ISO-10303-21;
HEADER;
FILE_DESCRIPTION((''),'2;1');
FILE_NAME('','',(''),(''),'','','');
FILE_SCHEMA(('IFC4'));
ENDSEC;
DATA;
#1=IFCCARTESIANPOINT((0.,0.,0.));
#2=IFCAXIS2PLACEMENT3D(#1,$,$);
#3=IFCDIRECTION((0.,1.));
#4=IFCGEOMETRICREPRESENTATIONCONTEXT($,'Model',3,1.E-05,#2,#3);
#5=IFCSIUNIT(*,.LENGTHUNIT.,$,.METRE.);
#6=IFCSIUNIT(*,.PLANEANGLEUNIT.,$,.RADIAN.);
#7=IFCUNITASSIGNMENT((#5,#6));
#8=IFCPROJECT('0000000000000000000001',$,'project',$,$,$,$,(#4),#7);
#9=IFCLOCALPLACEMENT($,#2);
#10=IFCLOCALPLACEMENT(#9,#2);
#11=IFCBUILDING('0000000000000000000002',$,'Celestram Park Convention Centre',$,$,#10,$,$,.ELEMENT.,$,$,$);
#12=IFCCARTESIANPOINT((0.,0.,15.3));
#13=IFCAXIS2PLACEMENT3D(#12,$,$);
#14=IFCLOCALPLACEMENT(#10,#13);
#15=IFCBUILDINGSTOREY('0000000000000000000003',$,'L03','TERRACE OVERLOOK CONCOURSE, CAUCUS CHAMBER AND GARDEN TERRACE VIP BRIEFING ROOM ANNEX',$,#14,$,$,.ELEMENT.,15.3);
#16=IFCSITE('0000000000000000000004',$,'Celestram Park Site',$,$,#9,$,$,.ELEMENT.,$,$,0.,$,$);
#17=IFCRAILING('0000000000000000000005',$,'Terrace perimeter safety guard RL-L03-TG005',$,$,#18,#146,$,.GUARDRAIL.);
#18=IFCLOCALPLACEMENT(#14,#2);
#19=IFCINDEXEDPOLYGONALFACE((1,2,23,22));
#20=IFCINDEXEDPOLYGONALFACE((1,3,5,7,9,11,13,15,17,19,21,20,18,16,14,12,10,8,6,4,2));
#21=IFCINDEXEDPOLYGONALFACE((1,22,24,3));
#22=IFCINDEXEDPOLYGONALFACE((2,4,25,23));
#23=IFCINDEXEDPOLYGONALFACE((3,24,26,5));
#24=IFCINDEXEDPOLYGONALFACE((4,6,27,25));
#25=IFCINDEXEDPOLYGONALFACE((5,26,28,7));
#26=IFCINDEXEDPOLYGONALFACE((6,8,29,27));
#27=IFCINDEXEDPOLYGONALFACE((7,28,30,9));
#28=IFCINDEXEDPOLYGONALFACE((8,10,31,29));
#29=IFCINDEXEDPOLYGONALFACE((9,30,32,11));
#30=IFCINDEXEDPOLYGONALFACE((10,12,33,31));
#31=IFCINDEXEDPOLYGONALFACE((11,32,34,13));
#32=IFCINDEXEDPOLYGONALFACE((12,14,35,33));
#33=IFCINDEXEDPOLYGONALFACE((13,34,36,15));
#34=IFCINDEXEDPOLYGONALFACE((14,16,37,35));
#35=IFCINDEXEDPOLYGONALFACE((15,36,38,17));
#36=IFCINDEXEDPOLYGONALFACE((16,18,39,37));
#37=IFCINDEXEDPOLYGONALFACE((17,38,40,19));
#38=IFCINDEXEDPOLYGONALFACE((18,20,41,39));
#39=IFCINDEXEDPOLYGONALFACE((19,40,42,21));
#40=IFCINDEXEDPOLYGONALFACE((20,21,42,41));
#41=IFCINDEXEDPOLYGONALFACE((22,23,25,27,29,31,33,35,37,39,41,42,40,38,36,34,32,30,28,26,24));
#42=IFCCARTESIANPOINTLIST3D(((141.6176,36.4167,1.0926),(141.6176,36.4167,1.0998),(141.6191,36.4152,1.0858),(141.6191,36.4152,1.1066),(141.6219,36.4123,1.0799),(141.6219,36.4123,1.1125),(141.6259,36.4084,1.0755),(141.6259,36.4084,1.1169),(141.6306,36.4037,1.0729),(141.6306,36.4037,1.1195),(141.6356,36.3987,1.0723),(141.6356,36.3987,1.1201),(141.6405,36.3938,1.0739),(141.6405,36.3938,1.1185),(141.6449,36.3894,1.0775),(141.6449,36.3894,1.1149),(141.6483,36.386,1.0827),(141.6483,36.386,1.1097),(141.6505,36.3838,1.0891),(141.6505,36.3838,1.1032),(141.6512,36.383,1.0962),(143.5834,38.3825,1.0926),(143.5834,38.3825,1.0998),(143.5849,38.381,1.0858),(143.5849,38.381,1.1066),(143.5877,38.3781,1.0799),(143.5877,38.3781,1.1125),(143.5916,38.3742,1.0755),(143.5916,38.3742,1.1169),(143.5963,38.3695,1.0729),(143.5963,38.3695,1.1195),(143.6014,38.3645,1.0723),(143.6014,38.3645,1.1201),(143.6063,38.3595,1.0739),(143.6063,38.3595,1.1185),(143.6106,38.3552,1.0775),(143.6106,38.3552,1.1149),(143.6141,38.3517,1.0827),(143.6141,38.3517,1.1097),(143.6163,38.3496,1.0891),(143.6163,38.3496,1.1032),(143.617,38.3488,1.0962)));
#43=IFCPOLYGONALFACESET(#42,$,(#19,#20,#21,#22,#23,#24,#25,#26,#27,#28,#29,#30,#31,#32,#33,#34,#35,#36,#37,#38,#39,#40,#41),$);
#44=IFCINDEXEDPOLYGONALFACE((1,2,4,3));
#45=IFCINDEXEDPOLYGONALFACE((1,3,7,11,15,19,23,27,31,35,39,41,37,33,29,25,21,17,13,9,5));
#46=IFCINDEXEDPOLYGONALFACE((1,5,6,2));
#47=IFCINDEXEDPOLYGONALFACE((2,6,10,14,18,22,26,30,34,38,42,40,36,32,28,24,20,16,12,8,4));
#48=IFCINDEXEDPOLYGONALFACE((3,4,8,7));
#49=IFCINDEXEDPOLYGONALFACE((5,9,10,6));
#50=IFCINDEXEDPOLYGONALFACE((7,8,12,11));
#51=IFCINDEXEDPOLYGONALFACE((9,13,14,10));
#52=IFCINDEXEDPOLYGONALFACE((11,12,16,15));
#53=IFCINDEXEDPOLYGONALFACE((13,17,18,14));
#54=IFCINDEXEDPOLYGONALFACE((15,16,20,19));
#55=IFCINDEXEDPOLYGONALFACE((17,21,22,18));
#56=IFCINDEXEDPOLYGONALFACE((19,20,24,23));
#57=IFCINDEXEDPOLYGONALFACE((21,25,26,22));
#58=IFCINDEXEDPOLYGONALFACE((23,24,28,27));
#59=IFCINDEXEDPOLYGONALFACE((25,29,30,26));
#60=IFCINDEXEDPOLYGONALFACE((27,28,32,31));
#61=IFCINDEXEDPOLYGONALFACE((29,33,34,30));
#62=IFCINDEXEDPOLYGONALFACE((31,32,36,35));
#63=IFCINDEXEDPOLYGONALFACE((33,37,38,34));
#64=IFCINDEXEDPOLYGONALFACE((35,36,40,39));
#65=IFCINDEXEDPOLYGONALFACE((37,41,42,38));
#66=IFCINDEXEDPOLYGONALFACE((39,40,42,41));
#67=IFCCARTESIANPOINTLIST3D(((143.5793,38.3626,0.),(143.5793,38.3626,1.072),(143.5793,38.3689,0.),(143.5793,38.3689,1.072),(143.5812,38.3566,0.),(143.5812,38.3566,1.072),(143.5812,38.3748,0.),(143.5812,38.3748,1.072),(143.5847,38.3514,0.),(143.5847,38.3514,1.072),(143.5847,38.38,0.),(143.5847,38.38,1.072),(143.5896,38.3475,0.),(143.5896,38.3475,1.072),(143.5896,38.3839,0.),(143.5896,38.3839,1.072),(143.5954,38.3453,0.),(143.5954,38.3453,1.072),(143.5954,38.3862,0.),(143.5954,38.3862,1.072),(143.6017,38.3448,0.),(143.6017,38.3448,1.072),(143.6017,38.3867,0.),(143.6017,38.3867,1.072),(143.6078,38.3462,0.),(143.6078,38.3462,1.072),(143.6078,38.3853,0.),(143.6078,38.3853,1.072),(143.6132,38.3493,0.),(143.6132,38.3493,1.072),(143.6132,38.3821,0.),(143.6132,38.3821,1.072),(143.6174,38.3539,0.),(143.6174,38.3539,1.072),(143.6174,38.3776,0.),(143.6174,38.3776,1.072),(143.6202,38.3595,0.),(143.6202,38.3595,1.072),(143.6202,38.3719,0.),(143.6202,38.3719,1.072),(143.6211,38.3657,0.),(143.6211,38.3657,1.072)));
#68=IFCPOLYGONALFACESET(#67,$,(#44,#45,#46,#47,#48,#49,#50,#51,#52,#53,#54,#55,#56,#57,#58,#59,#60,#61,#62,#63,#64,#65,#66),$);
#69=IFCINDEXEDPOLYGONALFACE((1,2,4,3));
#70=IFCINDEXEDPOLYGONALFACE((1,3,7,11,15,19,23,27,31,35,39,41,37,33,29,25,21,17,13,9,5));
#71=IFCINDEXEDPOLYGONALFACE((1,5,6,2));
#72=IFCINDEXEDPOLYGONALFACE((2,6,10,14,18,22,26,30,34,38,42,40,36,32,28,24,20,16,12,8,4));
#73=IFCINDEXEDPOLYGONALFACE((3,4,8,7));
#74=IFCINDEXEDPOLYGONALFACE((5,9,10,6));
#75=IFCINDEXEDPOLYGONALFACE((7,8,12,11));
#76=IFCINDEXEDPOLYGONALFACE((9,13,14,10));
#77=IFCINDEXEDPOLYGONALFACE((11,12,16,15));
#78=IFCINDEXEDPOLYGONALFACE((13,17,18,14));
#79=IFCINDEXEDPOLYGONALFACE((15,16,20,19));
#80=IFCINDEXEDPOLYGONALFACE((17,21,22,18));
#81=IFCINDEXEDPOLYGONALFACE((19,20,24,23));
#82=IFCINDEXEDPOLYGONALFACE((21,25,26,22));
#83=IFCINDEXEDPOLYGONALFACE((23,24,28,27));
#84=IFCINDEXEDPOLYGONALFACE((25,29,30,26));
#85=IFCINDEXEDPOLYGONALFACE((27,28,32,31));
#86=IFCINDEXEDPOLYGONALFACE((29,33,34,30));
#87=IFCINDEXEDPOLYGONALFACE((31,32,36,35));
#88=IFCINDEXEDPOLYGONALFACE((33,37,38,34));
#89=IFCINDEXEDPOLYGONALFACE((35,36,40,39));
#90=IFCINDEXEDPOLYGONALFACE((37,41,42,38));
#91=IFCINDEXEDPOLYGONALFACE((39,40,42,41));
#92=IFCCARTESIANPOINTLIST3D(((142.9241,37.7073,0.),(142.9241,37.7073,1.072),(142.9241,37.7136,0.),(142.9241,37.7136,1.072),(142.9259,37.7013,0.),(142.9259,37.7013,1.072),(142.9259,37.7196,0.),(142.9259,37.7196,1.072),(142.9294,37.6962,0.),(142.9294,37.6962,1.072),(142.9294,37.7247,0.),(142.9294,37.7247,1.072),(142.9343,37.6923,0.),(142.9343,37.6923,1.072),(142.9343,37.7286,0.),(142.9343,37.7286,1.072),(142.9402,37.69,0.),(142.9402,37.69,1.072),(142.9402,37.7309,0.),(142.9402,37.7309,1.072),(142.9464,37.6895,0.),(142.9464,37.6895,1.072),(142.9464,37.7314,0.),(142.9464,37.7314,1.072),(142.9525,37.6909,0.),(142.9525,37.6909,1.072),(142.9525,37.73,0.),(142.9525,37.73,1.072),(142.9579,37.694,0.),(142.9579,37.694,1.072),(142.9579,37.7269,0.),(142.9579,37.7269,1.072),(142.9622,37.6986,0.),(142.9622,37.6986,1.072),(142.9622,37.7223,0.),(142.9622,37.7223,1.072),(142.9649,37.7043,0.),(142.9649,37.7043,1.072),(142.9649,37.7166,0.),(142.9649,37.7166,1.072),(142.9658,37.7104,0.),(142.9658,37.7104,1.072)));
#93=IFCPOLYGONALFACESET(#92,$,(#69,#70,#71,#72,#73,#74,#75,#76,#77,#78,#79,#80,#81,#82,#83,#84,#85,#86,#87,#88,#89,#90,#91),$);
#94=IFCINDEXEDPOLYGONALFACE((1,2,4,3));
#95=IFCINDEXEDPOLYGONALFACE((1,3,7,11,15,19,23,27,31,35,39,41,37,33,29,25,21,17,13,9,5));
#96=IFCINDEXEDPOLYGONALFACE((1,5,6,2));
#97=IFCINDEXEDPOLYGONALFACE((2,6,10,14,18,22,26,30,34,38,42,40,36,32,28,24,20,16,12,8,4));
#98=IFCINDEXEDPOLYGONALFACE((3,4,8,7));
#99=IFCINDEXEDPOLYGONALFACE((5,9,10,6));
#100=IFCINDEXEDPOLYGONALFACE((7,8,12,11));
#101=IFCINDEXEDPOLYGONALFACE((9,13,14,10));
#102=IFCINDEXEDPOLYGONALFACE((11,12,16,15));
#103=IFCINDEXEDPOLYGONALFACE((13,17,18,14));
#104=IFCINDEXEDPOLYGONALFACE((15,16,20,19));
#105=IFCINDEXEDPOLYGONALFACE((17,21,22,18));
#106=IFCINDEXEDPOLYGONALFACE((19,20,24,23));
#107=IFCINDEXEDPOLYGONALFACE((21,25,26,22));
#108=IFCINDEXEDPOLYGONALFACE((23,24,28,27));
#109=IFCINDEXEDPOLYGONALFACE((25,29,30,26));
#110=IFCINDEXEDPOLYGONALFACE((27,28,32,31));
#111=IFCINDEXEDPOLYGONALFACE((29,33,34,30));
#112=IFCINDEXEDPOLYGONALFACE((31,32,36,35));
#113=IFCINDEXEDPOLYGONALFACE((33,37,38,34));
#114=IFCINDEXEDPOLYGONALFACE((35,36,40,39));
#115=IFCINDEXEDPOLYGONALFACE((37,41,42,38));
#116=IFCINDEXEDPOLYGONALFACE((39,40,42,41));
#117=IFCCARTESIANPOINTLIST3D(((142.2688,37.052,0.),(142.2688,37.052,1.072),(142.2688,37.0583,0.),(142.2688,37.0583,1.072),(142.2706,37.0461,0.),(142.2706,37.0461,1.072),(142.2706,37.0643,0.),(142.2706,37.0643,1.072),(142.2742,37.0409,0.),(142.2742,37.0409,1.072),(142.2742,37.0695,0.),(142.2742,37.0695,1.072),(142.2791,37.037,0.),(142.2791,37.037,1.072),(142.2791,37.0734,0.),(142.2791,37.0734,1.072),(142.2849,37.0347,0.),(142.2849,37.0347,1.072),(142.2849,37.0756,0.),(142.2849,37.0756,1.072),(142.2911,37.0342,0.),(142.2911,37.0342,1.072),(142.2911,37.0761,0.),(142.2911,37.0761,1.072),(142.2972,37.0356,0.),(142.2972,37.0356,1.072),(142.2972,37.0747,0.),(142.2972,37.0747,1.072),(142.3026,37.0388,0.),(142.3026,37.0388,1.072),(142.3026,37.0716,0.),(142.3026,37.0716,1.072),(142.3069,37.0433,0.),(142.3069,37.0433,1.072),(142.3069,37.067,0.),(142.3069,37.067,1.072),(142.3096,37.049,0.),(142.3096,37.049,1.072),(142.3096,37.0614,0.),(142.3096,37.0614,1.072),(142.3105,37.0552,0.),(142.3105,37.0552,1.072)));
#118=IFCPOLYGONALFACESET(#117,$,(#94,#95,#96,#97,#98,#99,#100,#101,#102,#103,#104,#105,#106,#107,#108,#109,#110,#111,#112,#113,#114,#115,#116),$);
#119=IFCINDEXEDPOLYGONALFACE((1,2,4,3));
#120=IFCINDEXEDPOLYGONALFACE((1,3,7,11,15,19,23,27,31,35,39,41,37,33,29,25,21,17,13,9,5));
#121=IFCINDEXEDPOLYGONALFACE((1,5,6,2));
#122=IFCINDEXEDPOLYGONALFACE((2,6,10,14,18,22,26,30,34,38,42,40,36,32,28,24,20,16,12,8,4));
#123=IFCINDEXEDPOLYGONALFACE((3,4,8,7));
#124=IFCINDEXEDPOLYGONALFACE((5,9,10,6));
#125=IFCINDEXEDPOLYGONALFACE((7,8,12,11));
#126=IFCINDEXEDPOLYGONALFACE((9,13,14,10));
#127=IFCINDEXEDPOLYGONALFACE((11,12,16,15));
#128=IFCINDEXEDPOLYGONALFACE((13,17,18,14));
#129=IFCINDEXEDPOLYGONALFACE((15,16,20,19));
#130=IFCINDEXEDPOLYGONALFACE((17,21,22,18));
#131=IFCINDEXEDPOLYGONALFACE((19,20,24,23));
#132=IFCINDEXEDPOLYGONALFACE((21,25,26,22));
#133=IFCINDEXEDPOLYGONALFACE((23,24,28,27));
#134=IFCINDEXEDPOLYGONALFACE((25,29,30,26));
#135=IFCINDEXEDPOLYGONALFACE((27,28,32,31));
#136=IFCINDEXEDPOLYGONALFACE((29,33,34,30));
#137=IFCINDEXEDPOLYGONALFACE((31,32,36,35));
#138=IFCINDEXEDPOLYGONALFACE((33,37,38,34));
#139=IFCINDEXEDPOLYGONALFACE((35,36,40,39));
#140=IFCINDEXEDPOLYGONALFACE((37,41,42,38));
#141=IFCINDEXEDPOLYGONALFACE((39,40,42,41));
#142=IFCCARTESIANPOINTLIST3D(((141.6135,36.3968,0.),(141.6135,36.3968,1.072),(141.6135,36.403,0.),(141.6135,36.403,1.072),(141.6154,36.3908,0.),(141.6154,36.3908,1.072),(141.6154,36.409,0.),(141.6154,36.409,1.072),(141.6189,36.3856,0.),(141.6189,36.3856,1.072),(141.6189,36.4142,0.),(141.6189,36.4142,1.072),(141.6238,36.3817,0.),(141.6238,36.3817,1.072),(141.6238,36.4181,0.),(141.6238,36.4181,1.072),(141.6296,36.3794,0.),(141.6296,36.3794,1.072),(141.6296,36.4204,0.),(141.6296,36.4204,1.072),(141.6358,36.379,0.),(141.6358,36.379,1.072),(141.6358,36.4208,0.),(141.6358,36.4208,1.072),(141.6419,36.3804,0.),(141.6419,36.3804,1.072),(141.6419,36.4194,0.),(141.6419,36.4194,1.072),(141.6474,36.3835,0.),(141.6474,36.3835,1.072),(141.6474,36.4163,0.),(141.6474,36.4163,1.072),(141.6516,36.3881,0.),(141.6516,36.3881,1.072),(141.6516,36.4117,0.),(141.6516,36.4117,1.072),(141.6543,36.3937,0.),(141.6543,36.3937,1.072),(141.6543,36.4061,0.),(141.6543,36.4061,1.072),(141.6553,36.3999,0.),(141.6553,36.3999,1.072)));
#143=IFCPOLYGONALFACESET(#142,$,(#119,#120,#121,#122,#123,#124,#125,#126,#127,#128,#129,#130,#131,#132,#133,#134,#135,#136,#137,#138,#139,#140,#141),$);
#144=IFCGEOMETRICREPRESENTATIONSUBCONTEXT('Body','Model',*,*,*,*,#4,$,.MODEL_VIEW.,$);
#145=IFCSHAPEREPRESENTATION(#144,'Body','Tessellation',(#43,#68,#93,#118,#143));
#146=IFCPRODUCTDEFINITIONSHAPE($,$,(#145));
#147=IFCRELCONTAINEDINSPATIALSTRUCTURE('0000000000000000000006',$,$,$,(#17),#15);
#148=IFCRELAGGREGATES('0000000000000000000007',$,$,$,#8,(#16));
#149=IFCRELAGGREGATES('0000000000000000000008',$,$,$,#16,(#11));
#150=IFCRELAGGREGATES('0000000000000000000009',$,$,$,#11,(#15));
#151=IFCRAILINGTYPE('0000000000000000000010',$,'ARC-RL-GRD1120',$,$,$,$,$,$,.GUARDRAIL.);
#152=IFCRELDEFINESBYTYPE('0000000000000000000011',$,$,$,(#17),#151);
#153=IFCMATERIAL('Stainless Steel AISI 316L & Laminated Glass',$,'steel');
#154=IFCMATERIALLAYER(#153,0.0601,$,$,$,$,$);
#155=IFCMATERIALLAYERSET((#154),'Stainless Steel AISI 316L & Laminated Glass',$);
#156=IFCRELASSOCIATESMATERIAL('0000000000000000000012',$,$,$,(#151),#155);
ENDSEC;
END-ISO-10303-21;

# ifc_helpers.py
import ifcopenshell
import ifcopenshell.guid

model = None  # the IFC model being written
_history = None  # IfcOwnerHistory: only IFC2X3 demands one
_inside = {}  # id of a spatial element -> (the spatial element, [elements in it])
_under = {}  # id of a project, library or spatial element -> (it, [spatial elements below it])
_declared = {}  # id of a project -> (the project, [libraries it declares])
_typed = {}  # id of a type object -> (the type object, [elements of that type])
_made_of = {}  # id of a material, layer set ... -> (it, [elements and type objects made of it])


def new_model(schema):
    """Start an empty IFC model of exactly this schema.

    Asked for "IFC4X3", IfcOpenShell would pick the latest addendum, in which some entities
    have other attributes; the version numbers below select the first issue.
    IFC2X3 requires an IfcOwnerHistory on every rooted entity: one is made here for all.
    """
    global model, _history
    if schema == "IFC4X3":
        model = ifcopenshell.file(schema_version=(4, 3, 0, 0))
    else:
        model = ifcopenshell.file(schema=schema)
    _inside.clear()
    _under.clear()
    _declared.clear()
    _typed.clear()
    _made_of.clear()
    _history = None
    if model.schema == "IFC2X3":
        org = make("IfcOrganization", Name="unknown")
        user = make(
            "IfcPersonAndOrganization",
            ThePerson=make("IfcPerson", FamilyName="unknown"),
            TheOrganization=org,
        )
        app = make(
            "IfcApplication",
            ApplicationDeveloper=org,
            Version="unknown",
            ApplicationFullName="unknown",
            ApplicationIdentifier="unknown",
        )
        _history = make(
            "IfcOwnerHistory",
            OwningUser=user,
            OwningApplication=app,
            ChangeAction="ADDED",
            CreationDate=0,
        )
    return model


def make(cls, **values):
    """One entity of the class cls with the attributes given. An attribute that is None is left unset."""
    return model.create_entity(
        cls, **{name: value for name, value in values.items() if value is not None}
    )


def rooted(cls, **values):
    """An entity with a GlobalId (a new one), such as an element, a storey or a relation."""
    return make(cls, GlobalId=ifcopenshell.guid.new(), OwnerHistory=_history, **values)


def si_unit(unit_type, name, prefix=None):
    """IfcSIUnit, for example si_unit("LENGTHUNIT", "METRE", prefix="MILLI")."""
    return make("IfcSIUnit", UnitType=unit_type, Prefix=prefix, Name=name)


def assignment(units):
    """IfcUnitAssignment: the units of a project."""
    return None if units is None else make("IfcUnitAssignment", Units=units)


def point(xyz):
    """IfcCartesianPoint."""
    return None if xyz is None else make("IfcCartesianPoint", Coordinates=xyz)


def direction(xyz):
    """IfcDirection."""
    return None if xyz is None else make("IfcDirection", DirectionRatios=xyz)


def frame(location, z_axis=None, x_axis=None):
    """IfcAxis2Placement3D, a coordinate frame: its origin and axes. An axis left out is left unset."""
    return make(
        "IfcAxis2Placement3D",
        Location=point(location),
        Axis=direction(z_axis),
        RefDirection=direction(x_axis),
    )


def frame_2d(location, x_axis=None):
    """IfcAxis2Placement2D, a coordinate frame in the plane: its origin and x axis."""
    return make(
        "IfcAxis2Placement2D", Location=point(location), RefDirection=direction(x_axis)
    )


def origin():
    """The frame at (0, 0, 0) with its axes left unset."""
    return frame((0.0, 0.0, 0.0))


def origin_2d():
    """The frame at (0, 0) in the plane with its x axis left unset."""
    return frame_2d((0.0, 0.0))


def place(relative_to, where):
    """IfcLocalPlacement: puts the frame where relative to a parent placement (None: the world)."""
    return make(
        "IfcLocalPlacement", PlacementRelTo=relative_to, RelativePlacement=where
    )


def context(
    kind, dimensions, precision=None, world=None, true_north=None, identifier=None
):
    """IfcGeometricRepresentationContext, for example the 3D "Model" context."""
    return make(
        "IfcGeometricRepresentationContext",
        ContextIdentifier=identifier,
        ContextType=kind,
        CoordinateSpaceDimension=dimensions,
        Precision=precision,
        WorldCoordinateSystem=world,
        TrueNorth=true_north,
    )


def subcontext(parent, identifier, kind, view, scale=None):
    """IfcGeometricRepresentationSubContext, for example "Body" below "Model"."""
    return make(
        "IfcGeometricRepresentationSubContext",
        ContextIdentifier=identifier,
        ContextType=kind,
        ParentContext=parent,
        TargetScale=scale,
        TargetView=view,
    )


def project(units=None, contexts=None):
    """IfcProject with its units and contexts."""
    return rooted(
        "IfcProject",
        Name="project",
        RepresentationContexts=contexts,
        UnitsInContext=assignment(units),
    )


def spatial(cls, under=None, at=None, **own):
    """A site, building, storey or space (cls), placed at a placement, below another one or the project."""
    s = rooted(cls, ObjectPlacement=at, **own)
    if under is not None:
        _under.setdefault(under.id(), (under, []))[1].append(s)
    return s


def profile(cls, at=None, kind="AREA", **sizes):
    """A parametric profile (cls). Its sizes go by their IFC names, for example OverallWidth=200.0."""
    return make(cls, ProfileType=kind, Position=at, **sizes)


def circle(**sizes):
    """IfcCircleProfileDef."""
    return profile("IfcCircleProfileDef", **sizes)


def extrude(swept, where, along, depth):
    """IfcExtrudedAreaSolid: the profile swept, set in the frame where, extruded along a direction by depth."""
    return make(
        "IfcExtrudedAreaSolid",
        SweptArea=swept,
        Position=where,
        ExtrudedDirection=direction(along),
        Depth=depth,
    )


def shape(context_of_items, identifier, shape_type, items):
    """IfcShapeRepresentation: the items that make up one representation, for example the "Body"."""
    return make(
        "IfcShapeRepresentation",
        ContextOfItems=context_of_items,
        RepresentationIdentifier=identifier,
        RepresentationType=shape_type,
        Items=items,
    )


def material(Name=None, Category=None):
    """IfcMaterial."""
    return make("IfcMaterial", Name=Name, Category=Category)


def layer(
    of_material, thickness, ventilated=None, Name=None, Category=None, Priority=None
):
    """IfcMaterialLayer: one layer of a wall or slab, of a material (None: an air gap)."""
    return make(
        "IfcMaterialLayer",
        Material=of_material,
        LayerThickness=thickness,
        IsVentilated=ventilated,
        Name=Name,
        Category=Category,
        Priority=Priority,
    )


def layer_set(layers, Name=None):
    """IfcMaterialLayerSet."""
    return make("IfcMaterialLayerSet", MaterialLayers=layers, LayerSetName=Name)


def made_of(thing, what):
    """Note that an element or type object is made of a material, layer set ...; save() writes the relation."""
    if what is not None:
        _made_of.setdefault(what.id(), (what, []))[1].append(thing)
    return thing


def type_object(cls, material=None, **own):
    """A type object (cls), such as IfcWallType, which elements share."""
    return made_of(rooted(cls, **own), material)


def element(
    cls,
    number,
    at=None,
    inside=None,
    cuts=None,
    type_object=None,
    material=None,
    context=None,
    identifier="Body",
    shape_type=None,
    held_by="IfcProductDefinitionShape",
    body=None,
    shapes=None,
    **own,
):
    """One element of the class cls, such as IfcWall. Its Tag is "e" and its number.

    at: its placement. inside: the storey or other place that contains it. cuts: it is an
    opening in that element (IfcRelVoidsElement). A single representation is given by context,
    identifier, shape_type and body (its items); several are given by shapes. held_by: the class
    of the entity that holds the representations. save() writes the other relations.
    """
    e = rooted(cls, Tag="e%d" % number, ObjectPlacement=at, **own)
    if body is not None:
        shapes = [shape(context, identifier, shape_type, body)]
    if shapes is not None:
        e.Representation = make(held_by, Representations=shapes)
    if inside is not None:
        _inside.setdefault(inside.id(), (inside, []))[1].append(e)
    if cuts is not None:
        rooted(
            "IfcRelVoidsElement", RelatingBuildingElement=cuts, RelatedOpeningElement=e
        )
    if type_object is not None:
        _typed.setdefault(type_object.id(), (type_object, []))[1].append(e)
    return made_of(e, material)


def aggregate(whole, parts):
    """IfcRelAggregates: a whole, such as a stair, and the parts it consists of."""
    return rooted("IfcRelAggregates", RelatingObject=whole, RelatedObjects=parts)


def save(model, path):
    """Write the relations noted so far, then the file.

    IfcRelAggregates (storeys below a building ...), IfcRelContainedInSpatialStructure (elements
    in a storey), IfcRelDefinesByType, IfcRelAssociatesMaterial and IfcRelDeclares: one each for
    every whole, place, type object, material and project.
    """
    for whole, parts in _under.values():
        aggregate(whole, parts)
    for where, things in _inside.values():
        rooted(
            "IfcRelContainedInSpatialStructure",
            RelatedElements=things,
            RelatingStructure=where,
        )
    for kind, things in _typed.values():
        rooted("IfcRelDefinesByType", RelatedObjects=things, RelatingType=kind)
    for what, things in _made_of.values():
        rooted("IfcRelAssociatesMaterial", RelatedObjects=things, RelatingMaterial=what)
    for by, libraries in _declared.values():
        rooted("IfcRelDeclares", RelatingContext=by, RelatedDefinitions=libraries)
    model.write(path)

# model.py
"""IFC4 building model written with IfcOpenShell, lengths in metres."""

from ifc_helpers import new_model, si_unit, direction, frame, origin, origin_2d, place, context, subcontext, project, spatial, circle, extrude, material, layer, layer_set, type_object, element, save


model = new_model("IFC4")

# Units and contexts
model_context = context("Model", 3, precision=1e-05, world=origin(), true_north=direction((0.0, 1.0)))
body_context = subcontext(model_context, "Body", "Model", "MODEL_VIEW")
ifc_project = project(units=[si_unit("LENGTHUNIT", "METRE"), si_unit("PLANEANGLEUNIT", "RADIAN")], contexts=[model_context])

# Site, building, storey
site_placement = place(None, origin())
site = spatial("IfcSite", under=ifc_project, at=site_placement, Name="Celestram Park Site", CompositionType="ELEMENT", RefElevation=0.0)
building_placement = place(site_placement, origin())
building = spatial("IfcBuilding", under=site, at=building_placement, Name="Celestram Park Convention Centre", CompositionType="ELEMENT")
storey_placement = place(building_placement, frame((0.0, 0.0, 15.3)))
storey = spatial("IfcBuildingStorey", under=building, at=storey_placement, Name="L03", Description="TERRACE OVERLOOK CONCOURSE, CAUCUS CHAMBER AND GARDEN TERRACE VIP BRIEFING ROOM ANNEX", CompositionType="ELEMENT", Elevation=15.3)

# Railing
ifc_material_1 = material(Name="Stainless Steel AISI 316L & Laminated Glass", Category="steel")
ifc_layer_1 = layer(ifc_material_1, 0.0601)
ifc_layer_set_1 = layer_set([ifc_layer_1], Name="Stainless Steel AISI 316L & Laminated Glass")
railing_type = type_object("IfcRailingType", Name="ARC-RL-GRD1120", PredefinedType="GUARDRAIL", material=ifc_layer_set_1)
railing_1_placement = place(storey_placement, frame((143.6001, 38.3657, 0.0)))
element("IfcRailing", 1, at=railing_1_placement, inside=storey, type_object=railing_type, Name="Terrace perimeter safety guard RL-L03-TG005", PredefinedType="GUARDRAIL", context=body_context, shape_type="SweptSolid", body=[
    extrude(circle(Radius=0.0239, at=origin_2d()), frame((0.0, 0.0, 1.0962), z_axis=(-0.707107, -0.707107, 0.0), x_axis=(0.707107, -0.707107, 0.0)), (0.0, 0.0, 1.0), 2.78),
    extrude(circle(Radius=0.021, at=origin_2d()), origin(), (0.0, 0.0, 1.0), 1.072),
    extrude(circle(Radius=0.021, at=origin_2d()), frame((-0.6553, -0.6553, 0.0)), (0.0, 0.0, 1.0), 1.072),
    extrude(circle(Radius=0.021, at=origin_2d()), frame((-1.3105, -1.3105, 0.0)), (0.0, 0.0, 1.0), 1.072),
    extrude(circle(Radius=0.021, at=origin_2d()), frame((-1.9658, -1.9658, 0.0)), (0.0, 0.0, 1.0), 1.072),
])

save(model, "model.ifc")
